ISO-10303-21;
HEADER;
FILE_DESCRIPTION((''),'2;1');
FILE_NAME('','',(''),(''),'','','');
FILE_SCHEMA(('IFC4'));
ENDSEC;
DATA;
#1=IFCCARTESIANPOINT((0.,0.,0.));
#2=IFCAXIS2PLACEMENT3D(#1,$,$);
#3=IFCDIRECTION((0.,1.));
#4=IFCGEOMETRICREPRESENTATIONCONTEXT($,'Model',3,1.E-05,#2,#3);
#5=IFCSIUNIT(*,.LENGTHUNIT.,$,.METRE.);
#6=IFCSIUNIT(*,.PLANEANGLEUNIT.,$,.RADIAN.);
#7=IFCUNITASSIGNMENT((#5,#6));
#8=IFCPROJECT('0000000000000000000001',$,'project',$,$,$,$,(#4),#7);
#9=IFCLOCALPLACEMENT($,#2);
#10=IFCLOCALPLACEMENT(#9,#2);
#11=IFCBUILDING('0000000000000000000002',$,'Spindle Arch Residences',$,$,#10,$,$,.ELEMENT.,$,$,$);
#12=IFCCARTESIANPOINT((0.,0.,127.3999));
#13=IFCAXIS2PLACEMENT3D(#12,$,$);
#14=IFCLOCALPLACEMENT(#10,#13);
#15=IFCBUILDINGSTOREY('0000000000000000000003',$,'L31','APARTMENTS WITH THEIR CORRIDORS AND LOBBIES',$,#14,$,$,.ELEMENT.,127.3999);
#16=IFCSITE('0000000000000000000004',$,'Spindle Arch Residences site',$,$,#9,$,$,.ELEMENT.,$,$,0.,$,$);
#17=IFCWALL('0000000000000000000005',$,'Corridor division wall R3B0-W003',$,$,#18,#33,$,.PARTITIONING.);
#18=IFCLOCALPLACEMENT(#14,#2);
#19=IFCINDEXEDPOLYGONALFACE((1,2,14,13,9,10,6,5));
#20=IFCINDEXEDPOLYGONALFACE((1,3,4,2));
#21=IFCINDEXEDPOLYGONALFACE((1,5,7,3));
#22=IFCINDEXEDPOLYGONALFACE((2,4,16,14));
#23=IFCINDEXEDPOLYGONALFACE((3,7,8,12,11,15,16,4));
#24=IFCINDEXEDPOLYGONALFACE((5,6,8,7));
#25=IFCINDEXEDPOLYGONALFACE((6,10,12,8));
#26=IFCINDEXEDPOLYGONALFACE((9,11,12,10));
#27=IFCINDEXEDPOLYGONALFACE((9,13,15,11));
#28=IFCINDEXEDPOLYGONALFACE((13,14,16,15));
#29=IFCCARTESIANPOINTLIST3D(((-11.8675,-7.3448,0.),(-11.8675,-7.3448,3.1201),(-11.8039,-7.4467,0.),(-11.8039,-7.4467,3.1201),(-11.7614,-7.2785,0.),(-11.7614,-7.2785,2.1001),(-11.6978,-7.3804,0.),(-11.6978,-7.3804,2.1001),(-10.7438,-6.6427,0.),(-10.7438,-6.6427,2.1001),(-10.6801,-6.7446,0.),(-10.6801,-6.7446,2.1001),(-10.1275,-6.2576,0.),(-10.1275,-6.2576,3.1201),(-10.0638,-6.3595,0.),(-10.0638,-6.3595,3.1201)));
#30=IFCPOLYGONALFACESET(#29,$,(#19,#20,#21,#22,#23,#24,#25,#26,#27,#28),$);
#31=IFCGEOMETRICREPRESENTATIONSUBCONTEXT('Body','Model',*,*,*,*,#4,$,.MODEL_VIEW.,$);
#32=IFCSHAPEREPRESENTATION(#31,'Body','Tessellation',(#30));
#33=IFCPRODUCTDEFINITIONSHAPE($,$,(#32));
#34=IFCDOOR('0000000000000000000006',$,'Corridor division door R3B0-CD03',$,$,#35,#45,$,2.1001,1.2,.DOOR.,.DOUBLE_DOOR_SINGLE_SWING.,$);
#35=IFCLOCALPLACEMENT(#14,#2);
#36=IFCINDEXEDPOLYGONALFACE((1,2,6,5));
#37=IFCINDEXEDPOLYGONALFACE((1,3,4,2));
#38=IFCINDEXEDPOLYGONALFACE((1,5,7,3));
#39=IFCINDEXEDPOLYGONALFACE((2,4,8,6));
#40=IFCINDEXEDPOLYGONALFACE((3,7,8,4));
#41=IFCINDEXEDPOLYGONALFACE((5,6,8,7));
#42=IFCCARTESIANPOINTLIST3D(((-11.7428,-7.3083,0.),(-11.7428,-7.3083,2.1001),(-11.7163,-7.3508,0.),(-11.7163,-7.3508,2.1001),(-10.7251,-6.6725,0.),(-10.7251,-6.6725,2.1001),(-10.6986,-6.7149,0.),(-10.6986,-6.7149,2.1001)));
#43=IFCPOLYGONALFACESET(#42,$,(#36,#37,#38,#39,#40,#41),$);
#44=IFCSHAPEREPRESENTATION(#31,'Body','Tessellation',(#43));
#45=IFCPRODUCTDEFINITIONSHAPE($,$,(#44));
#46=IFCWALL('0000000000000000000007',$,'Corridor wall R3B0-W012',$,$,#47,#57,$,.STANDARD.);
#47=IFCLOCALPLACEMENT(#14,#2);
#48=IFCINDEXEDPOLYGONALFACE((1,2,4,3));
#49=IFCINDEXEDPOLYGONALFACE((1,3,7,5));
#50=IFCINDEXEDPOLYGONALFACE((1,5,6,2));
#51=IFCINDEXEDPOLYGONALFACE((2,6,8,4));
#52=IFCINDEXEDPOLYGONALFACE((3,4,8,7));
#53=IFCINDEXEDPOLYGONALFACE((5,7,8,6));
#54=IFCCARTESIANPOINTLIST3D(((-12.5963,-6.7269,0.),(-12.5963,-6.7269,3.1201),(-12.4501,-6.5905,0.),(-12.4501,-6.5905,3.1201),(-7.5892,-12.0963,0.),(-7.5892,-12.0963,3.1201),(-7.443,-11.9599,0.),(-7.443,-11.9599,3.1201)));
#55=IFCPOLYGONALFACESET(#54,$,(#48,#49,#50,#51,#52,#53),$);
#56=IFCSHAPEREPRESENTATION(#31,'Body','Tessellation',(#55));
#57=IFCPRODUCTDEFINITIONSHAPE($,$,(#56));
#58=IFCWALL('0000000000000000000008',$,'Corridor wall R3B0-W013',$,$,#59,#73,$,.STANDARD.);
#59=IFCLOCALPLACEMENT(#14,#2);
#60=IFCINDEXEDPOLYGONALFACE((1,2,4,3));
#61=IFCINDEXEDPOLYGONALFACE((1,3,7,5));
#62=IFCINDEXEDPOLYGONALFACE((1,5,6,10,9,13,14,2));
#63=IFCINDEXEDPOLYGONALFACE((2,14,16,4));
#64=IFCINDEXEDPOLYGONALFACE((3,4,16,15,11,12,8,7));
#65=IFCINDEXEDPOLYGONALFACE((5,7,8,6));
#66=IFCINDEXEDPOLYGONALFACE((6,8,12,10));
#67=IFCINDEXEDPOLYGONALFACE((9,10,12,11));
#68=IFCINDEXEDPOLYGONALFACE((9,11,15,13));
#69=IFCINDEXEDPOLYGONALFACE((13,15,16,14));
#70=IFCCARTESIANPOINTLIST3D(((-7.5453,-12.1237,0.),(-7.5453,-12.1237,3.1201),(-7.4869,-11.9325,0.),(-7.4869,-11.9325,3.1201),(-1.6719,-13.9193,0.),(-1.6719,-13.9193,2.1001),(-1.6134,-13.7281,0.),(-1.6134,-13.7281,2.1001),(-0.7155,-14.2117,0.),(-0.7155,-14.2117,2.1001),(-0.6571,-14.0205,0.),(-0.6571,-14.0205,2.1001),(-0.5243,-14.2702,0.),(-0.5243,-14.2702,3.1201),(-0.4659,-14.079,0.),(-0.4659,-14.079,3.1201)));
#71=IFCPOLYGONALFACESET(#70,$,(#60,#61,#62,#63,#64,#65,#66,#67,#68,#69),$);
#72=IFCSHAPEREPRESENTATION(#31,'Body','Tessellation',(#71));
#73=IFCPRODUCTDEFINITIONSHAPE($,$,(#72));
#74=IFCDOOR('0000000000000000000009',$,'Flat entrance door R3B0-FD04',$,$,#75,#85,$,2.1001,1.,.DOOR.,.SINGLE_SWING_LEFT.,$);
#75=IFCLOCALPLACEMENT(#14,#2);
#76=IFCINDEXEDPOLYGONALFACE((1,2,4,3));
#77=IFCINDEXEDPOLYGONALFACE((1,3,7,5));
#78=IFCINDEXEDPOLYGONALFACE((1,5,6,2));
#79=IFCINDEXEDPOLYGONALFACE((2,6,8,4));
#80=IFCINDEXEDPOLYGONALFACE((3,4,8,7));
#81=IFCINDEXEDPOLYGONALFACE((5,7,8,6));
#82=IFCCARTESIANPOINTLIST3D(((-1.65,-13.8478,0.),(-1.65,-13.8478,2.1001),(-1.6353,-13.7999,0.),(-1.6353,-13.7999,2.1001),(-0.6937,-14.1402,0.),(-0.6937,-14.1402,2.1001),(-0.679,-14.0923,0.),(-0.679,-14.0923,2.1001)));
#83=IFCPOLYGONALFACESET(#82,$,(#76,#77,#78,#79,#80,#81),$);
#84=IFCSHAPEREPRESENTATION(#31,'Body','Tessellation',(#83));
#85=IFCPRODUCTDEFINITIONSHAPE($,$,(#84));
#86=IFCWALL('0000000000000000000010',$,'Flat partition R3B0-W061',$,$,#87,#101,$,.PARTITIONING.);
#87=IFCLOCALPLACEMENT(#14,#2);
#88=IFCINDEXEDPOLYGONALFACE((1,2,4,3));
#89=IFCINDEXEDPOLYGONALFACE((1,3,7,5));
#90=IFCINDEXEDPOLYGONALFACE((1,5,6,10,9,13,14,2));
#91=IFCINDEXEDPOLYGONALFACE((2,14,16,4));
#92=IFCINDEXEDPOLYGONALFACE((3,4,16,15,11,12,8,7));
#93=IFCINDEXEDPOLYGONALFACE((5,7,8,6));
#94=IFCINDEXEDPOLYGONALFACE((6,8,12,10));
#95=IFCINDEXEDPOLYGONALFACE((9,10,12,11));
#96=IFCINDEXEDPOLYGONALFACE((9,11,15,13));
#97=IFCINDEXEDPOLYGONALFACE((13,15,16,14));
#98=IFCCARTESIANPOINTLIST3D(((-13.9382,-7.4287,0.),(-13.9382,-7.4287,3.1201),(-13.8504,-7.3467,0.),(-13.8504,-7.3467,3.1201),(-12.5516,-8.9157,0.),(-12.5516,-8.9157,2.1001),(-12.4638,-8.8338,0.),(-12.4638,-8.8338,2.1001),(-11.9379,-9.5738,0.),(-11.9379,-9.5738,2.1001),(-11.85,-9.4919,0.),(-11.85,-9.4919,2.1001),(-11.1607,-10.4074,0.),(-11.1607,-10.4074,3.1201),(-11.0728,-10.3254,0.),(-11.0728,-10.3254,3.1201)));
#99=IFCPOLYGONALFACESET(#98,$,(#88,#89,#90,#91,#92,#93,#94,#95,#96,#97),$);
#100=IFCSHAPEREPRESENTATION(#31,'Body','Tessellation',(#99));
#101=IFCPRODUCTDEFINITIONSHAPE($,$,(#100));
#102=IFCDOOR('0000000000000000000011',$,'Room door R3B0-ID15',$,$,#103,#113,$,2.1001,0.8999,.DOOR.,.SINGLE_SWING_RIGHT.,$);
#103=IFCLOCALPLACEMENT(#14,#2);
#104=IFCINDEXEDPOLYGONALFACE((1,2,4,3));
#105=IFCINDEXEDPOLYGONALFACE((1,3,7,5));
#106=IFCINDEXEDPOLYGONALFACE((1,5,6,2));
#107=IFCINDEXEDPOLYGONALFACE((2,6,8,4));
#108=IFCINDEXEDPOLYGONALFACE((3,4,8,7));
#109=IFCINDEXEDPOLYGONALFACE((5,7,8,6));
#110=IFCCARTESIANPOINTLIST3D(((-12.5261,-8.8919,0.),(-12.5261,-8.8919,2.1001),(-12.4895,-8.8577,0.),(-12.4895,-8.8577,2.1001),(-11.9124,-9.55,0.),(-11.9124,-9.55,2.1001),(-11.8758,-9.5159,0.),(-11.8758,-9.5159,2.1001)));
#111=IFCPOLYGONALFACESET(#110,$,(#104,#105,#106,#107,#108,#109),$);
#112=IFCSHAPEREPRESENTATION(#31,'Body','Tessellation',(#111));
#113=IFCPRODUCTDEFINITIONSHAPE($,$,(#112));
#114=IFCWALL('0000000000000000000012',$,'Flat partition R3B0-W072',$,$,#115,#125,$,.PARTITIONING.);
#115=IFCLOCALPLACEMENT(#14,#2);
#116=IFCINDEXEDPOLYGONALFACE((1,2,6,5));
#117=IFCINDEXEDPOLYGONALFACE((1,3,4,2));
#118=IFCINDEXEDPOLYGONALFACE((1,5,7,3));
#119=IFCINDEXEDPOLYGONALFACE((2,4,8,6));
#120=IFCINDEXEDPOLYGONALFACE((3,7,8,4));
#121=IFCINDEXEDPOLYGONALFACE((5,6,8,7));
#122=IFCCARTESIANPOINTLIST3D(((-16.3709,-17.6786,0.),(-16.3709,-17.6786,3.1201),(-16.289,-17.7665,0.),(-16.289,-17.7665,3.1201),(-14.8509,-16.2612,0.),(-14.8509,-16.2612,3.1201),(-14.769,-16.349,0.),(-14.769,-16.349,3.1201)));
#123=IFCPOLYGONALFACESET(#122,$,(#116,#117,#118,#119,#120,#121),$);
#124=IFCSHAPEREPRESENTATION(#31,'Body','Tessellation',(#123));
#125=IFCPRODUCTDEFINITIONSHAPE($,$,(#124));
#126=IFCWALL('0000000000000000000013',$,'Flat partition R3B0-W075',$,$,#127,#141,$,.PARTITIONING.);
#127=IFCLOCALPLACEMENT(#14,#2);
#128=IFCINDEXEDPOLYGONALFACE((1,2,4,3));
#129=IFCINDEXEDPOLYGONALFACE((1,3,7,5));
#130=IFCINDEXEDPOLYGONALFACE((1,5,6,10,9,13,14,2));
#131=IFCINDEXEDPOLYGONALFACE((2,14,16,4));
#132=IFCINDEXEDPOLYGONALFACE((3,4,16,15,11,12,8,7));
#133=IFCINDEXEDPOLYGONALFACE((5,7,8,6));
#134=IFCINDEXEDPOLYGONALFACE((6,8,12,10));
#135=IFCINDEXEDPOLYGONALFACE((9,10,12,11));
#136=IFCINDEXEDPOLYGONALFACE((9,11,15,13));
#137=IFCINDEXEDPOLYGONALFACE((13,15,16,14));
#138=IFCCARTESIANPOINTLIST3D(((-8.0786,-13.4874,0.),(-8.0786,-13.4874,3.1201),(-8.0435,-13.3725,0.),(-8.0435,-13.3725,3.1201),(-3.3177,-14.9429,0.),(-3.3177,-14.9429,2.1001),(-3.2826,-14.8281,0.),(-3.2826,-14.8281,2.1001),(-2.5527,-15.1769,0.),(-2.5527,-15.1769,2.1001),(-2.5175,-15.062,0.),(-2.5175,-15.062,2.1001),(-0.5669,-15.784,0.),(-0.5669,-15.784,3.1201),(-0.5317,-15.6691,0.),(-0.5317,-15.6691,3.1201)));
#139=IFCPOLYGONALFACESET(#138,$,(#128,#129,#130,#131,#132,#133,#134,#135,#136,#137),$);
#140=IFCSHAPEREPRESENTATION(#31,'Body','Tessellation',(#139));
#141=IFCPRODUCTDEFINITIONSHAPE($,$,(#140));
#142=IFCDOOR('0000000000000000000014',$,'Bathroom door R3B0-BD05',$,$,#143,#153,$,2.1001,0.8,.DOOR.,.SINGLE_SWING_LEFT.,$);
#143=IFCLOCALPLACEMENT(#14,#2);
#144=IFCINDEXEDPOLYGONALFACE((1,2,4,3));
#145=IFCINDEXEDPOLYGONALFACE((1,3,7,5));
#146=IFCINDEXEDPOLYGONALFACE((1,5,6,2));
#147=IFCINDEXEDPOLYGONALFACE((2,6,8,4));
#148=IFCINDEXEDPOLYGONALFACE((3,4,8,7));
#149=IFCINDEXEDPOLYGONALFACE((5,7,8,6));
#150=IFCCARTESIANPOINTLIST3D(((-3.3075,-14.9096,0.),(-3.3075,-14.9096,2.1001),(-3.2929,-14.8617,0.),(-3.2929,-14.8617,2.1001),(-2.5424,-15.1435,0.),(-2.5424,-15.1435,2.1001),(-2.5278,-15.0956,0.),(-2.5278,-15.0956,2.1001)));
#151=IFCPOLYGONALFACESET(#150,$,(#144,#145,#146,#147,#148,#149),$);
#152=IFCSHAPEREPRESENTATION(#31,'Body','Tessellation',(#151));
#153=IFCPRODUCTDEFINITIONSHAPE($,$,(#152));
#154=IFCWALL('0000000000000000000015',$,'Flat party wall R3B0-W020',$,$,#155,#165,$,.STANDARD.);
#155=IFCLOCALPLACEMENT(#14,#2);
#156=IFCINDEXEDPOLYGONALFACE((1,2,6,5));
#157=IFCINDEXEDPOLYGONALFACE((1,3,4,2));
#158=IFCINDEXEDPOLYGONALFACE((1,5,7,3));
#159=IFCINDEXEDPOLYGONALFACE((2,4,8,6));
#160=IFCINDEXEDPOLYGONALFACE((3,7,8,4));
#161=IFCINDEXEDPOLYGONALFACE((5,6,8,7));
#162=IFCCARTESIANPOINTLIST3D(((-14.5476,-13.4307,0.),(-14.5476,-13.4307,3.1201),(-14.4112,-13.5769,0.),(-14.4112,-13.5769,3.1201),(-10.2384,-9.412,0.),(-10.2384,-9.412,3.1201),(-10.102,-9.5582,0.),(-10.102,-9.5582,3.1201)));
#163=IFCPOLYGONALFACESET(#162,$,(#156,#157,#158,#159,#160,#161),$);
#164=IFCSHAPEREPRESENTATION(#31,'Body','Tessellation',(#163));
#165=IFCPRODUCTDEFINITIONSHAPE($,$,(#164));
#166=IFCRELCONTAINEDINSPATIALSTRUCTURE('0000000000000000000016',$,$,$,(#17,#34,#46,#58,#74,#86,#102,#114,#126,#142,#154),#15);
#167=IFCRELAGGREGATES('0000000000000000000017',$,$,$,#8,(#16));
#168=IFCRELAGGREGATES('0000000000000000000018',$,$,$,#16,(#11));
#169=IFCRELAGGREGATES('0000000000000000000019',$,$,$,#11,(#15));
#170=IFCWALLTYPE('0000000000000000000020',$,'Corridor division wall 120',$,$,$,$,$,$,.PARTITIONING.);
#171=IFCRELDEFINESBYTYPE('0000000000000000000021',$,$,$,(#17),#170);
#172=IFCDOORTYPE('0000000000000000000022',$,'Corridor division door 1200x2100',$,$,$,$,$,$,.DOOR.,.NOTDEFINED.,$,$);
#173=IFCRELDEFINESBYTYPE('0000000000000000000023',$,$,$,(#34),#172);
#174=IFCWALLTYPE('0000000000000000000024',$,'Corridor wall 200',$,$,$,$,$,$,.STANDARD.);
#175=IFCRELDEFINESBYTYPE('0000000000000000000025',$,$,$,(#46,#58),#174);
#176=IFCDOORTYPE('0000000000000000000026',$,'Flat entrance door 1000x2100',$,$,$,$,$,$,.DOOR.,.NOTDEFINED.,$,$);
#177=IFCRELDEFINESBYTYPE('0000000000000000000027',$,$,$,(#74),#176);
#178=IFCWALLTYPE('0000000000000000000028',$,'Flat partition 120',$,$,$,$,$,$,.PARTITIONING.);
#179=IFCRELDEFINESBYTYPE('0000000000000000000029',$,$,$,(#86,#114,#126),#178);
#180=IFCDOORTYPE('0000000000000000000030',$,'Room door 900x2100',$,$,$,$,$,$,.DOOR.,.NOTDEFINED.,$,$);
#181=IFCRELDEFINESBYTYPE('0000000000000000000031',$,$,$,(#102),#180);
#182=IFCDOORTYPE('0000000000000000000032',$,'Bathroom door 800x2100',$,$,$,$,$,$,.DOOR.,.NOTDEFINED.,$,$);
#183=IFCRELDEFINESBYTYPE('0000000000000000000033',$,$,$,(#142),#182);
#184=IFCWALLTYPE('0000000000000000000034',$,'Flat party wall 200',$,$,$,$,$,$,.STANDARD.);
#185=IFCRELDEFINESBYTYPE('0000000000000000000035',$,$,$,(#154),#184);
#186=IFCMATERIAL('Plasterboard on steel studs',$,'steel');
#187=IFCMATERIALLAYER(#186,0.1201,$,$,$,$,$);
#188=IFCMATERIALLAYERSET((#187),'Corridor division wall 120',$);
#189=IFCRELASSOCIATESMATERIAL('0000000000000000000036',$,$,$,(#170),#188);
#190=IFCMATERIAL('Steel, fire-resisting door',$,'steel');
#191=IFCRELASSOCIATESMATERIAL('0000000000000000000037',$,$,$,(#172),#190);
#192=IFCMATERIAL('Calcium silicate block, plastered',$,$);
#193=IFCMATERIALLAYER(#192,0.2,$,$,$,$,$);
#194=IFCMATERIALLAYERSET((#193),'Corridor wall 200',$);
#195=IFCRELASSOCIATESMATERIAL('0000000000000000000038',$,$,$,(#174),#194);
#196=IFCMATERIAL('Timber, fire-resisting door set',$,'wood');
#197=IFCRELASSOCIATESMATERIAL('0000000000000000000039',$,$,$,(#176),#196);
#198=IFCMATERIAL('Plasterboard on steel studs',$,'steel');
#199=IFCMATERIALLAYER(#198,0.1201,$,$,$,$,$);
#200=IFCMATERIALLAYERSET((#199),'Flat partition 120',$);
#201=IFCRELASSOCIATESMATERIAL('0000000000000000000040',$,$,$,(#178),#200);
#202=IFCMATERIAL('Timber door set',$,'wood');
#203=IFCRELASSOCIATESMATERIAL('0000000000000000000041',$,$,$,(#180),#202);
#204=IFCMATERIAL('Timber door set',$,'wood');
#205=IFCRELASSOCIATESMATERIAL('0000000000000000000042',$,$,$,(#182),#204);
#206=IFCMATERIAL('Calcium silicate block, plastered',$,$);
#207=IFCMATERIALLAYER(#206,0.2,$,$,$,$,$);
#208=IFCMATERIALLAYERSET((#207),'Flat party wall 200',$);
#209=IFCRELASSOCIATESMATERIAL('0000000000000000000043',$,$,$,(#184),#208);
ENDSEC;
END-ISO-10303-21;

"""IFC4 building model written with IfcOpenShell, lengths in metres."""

from ifc_helpers import new_model, si_unit, direction, frame, frame_2d, origin, place, context, subcontext, project, spatial, rectangle, extrude, material, layer, layer_set, type_object, element, fill, save


model = new_model("IFC4")

# Units and contexts
model_context = context("Model", 3, precision=1e-05, world=origin(), true_north=direction((0.0, 1.0)))
body_context = subcontext(model_context, "Body", "Model", "MODEL_VIEW")
ifc_project = project(units=[si_unit("LENGTHUNIT", "METRE"), si_unit("PLANEANGLEUNIT", "RADIAN")], contexts=[model_context])

# Site, building, storey
site_placement = place(None, origin())
site = spatial("IfcSite", under=ifc_project, at=site_placement, Name="Spindle Arch Residences site", CompositionType="ELEMENT", RefElevation=0.0)
building_placement = place(site_placement, origin())
building = spatial("IfcBuilding", under=site, at=building_placement, Name="Spindle Arch Residences", CompositionType="ELEMENT")
storey_placement = place(building_placement, frame((0.0, 0.0, 127.3999)))
storey = spatial("IfcBuildingStorey", under=building, at=storey_placement, Name="L31", Description="APARTMENTS WITH THEIR CORRIDORS AND LOBBIES", CompositionType="ELEMENT", Elevation=127.3999)

# Wall, opening, door
ifc_material_1 = material(Name="Plasterboard on steel studs", Category="steel")
ifc_layer_1 = layer(ifc_material_1, 0.1201)
ifc_layer_set_1 = layer_set([ifc_layer_1], Name="Corridor division wall 120")
wall_type_1 = type_object("IfcWallType", Name="Corridor division wall 120", PredefinedType="PARTITIONING", material=ifc_layer_set_1)
wall_1_placement = place(storey_placement, frame((-11.8357, -7.3958, 0.0), z_axis=(0.0, 0.0, 1.0), x_axis=(0.848072, 0.529881, 0.0)))
wall_1 = element("IfcWall", 1, at=wall_1_placement, inside=storey, type_object=wall_type_1, Name="Corridor division wall R3B0-W003", PredefinedType="PARTITIONING", context=body_context, shape_type="SweptSolid", body=[
    extrude(rectangle(XDim=2.0518, YDim=0.1201, at=frame_2d((1.0259, 0.0))), origin(), (0.0, 0.0, 1.0), 3.1201),
])
opening_1_placement = place(wall_1_placement, frame((0.125, 0.0, 0.0)))
opening_1 = element("IfcOpeningElement", 2, at=opening_1_placement, cuts=wall_1, PredefinedType="OPENING", context=body_context, shape_type="SweptSolid", body=[
    extrude(rectangle(XDim=1.2, YDim=2.1001, at=frame_2d((0.6001, 1.05))), frame((0.0, 0.0701, 0.0), z_axis=(0.0, -1.0, 0.0), x_axis=(1.0, 0.0, 0.0)), (0.0, 0.0, 1.0), 0.1401),
])
ifc_material_2 = material(Name="Steel, fire-resisting door", Category="steel")
door_type_1 = type_object("IfcDoorType", Name="Corridor division door 1200x2100", OperationType="NOTDEFINED", PredefinedType="DOOR", material=ifc_material_2)
door_1_placement = place(opening_1_placement, origin())
door_1 = element("IfcDoor", 3, at=door_1_placement, inside=storey, type_object=door_type_1, Name="Corridor division door R3B0-CD03", OperationType="DOUBLE_DOOR_SINGLE_SWING", OverallHeight=2.1001, OverallWidth=1.2, PredefinedType="DOOR", context=body_context, shape_type="SweptSolid", body=[
    extrude(rectangle(XDim=1.2, YDim=2.1001, at=frame_2d((0.6001, 1.05))), frame((0.0, 0.0249, 0.0), z_axis=(0.0, -1.0, 0.0), x_axis=(1.0, 0.0, 0.0)), (0.0, 0.0, 1.0), 0.05),
])
fill(opening_1, door_1)

# Wall
ifc_material_3 = material(Name="Calcium silicate block, plastered")
ifc_layer_2 = layer(ifc_material_3, 0.2)
ifc_layer_set_2 = layer_set([ifc_layer_2], Name="Corridor wall 200")
wall_type_2 = type_object("IfcWallType", Name="Corridor wall 200", PredefinedType="STANDARD", material=ifc_layer_set_2)
wall_2_placement = place(storey_placement, frame((-12.5232, -6.6587, 0.0), z_axis=(0.0, 0.0, 1.0), x_axis=(0.682002, -0.73135, 0.0)))
element("IfcWall", 4, at=wall_2_placement, inside=storey, type_object=wall_type_2, Name="Corridor wall R3B0-W012", PredefinedType="STANDARD", context=body_context, shape_type="SweptSolid", body=[
    extrude(rectangle(XDim=7.3418, YDim=0.2, at=frame_2d((3.6709, 0.0))), origin(), (0.0, 0.0, 1.0), 3.1201),
])

# Walls, openings, doors
wall_3_placement = place(storey_placement, frame((-7.5161, -12.0281, 0.0), z_axis=(0.0, 0.0, 1.0), x_axis=(0.956307, -0.292366, 0.0)))
wall_3 = element("IfcWall", 5, at=wall_3_placement, inside=storey, type_object=wall_type_2, Name="Corridor wall R3B0-W013", PredefinedType="STANDARD", context=body_context, shape_type="SweptSolid", body=[
    extrude(rectangle(XDim=7.3418, YDim=0.2, at=frame_2d((3.6709, 0.0))), origin(), (0.0, 0.0, 1.0), 3.1201),
])
opening_2_placement = place(wall_3_placement, frame((6.1418, 0.0, 0.0)))
opening_2 = element("IfcOpeningElement", 6, at=opening_2_placement, cuts=wall_3, PredefinedType="OPENING", context=body_context, shape_type="SweptSolid", body=[
    extrude(rectangle(XDim=1.0, YDim=2.1001, at=frame_2d((0.5, 1.05))), frame((0.0, 0.1099, 0.0), z_axis=(0.0, -1.0, 0.0), x_axis=(1.0, 0.0, 0.0)), (0.0, 0.0, 1.0), 0.22),
])
ifc_material_4 = material(Name="Timber, fire-resisting door set", Category="wood")
door_type_2 = type_object("IfcDoorType", Name="Flat entrance door 1000x2100", OperationType="NOTDEFINED", PredefinedType="DOOR", material=ifc_material_4)
door_2_placement = place(opening_2_placement, origin())
door_2 = element("IfcDoor", 7, at=door_2_placement, inside=storey, type_object=door_type_2, Name="Flat entrance door R3B0-FD04", OperationType="SINGLE_SWING_LEFT", OverallHeight=2.1001, OverallWidth=1.0, PredefinedType="DOOR", context=body_context, shape_type="SweptSolid", body=[
    extrude(rectangle(XDim=1.0, YDim=2.1001, at=frame_2d((0.5, 1.05))), frame((0.0, 0.0249, 0.0), z_axis=(0.0, -1.0, 0.0), x_axis=(1.0, 0.0, 0.0)), (0.0, 0.0, 1.0), 0.05),
])
fill(opening_2, door_2)
ifc_material_5 = material(Name="Plasterboard on steel studs", Category="steel")
ifc_layer_3 = layer(ifc_material_5, 0.1201)
ifc_layer_set_3 = layer_set([ifc_layer_3], Name="Flat partition 120")
wall_type_3 = type_object("IfcWallType", Name="Flat partition 120", PredefinedType="PARTITIONING", material=ifc_layer_set_3)
wall_4_placement = place(storey_placement, frame((-13.8943, -7.3877, 0.0), z_axis=(0.0, 0.0, 1.0), x_axis=(0.681979, -0.731372, 0.0)))
wall_4 = element("IfcWall", 8, at=wall_4_placement, inside=storey, type_object=wall_type_3, Name="Flat partition R3B0-W061", PredefinedType="PARTITIONING", context=body_context, shape_type="SweptSolid", body=[
    extrude(rectangle(XDim=4.0728, YDim=0.1201, at=frame_2d((2.0364, 0.0))), origin(), (0.0, 0.0, 1.0), 3.1201),
])
opening_3_placement = place(wall_4_placement, frame((2.0332, 0.0, 0.0)))
opening_3 = element("IfcOpeningElement", 9, at=opening_3_placement, cuts=wall_4, PredefinedType="OPENING", context=body_context, shape_type="SweptSolid", body=[
    extrude(rectangle(XDim=0.8999, YDim=2.1001, at=frame_2d((0.45, 1.05))), frame((0.0, 0.0701, 0.0), z_axis=(0.0, -1.0, 0.0), x_axis=(1.0, 0.0, 0.0)), (0.0, 0.0, 1.0), 0.1401),
])
ifc_material_6 = material(Name="Timber door set", Category="wood")
door_type_3 = type_object("IfcDoorType", Name="Room door 900x2100", OperationType="NOTDEFINED", PredefinedType="DOOR", material=ifc_material_6)
door_3_placement = place(opening_3_placement, origin())
door_3 = element("IfcDoor", 10, at=door_3_placement, inside=storey, type_object=door_type_3, Name="Room door R3B0-ID15", OperationType="SINGLE_SWING_RIGHT", OverallHeight=2.1001, OverallWidth=0.8999, PredefinedType="DOOR", context=body_context, shape_type="SweptSolid", body=[
    extrude(rectangle(XDim=0.8999, YDim=2.1001, at=frame_2d((0.45, 1.05))), frame((0.0, 0.0249, 0.0), z_axis=(0.0, -1.0, 0.0), x_axis=(1.0, 0.0, 0.0)), (0.0, 0.0, 1.0), 0.05),
])
fill(opening_3, door_3)

# Wall
wall_5_placement = place(storey_placement, frame((-14.8101, -16.3052, 0.0), z_axis=(0.0, 0.0, 1.0), x_axis=(-0.731344, -0.682008, 0.0)))
element("IfcWall", 11, at=wall_5_placement, inside=storey, type_object=wall_type_3, Name="Flat partition R3B0-W072", PredefinedType="PARTITIONING", context=body_context, shape_type="SweptSolid", body=[
    extrude(rectangle(XDim=2.0784, YDim=0.1201, at=frame_2d((1.0391, 0.0))), origin(), (0.0, 0.0, 1.0), 3.1201),
])

# Wall, opening, door
wall_6_placement = place(storey_placement, frame((-8.061, -13.4299, 0.0), z_axis=(0.0, 0.0, 1.0), x_axis=(0.956302, -0.29238, 0.0)))
wall_6 = element("IfcWall", 12, at=wall_6_placement, inside=storey, type_object=wall_type_3, Name="Flat partition R3B0-W075", PredefinedType="PARTITIONING", context=body_context, shape_type="SweptSolid", body=[
    extrude(rectangle(XDim=7.855, YDim=0.1201, at=frame_2d((3.9275, 0.0))), origin(), (0.0, 0.0, 1.0), 3.1201),
])
opening_4_placement = place(wall_6_placement, frame((4.9785, 0.0, 0.0)))
opening_4 = element("IfcOpeningElement", 13, at=opening_4_placement, cuts=wall_6, PredefinedType="OPENING", context=body_context, shape_type="SweptSolid", body=[
    extrude(rectangle(XDim=0.8, YDim=2.1001, at=frame_2d((0.3999, 1.05))), frame((0.0, 0.0701, 0.0), z_axis=(0.0, -1.0, 0.0), x_axis=(1.0, 0.0, 0.0)), (0.0, 0.0, 1.0), 0.1401),
])
ifc_material_7 = material(Name="Timber door set", Category="wood")
door_type_4 = type_object("IfcDoorType", Name="Bathroom door 800x2100", OperationType="NOTDEFINED", PredefinedType="DOOR", material=ifc_material_7)
door_4_placement = place(opening_4_placement, origin())
door_4 = element("IfcDoor", 14, at=door_4_placement, inside=storey, type_object=door_type_4, Name="Bathroom door R3B0-BD05", OperationType="SINGLE_SWING_LEFT", OverallHeight=2.1001, OverallWidth=0.8, PredefinedType="DOOR", context=body_context, shape_type="SweptSolid", body=[
    extrude(rectangle(XDim=0.8, YDim=2.1001, at=frame_2d((0.3999, 1.05))), frame((0.0, 0.0249, 0.0), z_axis=(0.0, -1.0, 0.0), x_axis=(1.0, 0.0, 0.0)), (0.0, 0.0, 1.0), 0.05),
])
fill(opening_4, door_4)

# Wall
ifc_material_8 = material(Name="Calcium silicate block, plastered")
ifc_layer_4 = layer(ifc_material_8, 0.2)
ifc_layer_set_4 = layer_set([ifc_layer_4], Name="Flat party wall 200")
wall_type_4 = type_object("IfcWallType", Name="Flat party wall 200", PredefinedType="STANDARD", material=ifc_layer_set_4)
wall_7_placement = place(storey_placement, frame((-14.4795, -13.5039, 0.0), z_axis=(0.0, 0.0, 1.0), x_axis=(0.731329, 0.682024, 0.0)))
element("IfcWall", 15, at=wall_7_placement, inside=storey, type_object=wall_type_4, Name="Flat party wall R3B0-W020", PredefinedType="STANDARD", context=body_context, shape_type="SweptSolid", body=[
    extrude(rectangle(XDim=5.8923, YDim=0.2, at=frame_2d((2.9463, 0.0))), origin(), (0.0, 0.0, 1.0), 3.1201),
])

save(model, "model.ifc")
